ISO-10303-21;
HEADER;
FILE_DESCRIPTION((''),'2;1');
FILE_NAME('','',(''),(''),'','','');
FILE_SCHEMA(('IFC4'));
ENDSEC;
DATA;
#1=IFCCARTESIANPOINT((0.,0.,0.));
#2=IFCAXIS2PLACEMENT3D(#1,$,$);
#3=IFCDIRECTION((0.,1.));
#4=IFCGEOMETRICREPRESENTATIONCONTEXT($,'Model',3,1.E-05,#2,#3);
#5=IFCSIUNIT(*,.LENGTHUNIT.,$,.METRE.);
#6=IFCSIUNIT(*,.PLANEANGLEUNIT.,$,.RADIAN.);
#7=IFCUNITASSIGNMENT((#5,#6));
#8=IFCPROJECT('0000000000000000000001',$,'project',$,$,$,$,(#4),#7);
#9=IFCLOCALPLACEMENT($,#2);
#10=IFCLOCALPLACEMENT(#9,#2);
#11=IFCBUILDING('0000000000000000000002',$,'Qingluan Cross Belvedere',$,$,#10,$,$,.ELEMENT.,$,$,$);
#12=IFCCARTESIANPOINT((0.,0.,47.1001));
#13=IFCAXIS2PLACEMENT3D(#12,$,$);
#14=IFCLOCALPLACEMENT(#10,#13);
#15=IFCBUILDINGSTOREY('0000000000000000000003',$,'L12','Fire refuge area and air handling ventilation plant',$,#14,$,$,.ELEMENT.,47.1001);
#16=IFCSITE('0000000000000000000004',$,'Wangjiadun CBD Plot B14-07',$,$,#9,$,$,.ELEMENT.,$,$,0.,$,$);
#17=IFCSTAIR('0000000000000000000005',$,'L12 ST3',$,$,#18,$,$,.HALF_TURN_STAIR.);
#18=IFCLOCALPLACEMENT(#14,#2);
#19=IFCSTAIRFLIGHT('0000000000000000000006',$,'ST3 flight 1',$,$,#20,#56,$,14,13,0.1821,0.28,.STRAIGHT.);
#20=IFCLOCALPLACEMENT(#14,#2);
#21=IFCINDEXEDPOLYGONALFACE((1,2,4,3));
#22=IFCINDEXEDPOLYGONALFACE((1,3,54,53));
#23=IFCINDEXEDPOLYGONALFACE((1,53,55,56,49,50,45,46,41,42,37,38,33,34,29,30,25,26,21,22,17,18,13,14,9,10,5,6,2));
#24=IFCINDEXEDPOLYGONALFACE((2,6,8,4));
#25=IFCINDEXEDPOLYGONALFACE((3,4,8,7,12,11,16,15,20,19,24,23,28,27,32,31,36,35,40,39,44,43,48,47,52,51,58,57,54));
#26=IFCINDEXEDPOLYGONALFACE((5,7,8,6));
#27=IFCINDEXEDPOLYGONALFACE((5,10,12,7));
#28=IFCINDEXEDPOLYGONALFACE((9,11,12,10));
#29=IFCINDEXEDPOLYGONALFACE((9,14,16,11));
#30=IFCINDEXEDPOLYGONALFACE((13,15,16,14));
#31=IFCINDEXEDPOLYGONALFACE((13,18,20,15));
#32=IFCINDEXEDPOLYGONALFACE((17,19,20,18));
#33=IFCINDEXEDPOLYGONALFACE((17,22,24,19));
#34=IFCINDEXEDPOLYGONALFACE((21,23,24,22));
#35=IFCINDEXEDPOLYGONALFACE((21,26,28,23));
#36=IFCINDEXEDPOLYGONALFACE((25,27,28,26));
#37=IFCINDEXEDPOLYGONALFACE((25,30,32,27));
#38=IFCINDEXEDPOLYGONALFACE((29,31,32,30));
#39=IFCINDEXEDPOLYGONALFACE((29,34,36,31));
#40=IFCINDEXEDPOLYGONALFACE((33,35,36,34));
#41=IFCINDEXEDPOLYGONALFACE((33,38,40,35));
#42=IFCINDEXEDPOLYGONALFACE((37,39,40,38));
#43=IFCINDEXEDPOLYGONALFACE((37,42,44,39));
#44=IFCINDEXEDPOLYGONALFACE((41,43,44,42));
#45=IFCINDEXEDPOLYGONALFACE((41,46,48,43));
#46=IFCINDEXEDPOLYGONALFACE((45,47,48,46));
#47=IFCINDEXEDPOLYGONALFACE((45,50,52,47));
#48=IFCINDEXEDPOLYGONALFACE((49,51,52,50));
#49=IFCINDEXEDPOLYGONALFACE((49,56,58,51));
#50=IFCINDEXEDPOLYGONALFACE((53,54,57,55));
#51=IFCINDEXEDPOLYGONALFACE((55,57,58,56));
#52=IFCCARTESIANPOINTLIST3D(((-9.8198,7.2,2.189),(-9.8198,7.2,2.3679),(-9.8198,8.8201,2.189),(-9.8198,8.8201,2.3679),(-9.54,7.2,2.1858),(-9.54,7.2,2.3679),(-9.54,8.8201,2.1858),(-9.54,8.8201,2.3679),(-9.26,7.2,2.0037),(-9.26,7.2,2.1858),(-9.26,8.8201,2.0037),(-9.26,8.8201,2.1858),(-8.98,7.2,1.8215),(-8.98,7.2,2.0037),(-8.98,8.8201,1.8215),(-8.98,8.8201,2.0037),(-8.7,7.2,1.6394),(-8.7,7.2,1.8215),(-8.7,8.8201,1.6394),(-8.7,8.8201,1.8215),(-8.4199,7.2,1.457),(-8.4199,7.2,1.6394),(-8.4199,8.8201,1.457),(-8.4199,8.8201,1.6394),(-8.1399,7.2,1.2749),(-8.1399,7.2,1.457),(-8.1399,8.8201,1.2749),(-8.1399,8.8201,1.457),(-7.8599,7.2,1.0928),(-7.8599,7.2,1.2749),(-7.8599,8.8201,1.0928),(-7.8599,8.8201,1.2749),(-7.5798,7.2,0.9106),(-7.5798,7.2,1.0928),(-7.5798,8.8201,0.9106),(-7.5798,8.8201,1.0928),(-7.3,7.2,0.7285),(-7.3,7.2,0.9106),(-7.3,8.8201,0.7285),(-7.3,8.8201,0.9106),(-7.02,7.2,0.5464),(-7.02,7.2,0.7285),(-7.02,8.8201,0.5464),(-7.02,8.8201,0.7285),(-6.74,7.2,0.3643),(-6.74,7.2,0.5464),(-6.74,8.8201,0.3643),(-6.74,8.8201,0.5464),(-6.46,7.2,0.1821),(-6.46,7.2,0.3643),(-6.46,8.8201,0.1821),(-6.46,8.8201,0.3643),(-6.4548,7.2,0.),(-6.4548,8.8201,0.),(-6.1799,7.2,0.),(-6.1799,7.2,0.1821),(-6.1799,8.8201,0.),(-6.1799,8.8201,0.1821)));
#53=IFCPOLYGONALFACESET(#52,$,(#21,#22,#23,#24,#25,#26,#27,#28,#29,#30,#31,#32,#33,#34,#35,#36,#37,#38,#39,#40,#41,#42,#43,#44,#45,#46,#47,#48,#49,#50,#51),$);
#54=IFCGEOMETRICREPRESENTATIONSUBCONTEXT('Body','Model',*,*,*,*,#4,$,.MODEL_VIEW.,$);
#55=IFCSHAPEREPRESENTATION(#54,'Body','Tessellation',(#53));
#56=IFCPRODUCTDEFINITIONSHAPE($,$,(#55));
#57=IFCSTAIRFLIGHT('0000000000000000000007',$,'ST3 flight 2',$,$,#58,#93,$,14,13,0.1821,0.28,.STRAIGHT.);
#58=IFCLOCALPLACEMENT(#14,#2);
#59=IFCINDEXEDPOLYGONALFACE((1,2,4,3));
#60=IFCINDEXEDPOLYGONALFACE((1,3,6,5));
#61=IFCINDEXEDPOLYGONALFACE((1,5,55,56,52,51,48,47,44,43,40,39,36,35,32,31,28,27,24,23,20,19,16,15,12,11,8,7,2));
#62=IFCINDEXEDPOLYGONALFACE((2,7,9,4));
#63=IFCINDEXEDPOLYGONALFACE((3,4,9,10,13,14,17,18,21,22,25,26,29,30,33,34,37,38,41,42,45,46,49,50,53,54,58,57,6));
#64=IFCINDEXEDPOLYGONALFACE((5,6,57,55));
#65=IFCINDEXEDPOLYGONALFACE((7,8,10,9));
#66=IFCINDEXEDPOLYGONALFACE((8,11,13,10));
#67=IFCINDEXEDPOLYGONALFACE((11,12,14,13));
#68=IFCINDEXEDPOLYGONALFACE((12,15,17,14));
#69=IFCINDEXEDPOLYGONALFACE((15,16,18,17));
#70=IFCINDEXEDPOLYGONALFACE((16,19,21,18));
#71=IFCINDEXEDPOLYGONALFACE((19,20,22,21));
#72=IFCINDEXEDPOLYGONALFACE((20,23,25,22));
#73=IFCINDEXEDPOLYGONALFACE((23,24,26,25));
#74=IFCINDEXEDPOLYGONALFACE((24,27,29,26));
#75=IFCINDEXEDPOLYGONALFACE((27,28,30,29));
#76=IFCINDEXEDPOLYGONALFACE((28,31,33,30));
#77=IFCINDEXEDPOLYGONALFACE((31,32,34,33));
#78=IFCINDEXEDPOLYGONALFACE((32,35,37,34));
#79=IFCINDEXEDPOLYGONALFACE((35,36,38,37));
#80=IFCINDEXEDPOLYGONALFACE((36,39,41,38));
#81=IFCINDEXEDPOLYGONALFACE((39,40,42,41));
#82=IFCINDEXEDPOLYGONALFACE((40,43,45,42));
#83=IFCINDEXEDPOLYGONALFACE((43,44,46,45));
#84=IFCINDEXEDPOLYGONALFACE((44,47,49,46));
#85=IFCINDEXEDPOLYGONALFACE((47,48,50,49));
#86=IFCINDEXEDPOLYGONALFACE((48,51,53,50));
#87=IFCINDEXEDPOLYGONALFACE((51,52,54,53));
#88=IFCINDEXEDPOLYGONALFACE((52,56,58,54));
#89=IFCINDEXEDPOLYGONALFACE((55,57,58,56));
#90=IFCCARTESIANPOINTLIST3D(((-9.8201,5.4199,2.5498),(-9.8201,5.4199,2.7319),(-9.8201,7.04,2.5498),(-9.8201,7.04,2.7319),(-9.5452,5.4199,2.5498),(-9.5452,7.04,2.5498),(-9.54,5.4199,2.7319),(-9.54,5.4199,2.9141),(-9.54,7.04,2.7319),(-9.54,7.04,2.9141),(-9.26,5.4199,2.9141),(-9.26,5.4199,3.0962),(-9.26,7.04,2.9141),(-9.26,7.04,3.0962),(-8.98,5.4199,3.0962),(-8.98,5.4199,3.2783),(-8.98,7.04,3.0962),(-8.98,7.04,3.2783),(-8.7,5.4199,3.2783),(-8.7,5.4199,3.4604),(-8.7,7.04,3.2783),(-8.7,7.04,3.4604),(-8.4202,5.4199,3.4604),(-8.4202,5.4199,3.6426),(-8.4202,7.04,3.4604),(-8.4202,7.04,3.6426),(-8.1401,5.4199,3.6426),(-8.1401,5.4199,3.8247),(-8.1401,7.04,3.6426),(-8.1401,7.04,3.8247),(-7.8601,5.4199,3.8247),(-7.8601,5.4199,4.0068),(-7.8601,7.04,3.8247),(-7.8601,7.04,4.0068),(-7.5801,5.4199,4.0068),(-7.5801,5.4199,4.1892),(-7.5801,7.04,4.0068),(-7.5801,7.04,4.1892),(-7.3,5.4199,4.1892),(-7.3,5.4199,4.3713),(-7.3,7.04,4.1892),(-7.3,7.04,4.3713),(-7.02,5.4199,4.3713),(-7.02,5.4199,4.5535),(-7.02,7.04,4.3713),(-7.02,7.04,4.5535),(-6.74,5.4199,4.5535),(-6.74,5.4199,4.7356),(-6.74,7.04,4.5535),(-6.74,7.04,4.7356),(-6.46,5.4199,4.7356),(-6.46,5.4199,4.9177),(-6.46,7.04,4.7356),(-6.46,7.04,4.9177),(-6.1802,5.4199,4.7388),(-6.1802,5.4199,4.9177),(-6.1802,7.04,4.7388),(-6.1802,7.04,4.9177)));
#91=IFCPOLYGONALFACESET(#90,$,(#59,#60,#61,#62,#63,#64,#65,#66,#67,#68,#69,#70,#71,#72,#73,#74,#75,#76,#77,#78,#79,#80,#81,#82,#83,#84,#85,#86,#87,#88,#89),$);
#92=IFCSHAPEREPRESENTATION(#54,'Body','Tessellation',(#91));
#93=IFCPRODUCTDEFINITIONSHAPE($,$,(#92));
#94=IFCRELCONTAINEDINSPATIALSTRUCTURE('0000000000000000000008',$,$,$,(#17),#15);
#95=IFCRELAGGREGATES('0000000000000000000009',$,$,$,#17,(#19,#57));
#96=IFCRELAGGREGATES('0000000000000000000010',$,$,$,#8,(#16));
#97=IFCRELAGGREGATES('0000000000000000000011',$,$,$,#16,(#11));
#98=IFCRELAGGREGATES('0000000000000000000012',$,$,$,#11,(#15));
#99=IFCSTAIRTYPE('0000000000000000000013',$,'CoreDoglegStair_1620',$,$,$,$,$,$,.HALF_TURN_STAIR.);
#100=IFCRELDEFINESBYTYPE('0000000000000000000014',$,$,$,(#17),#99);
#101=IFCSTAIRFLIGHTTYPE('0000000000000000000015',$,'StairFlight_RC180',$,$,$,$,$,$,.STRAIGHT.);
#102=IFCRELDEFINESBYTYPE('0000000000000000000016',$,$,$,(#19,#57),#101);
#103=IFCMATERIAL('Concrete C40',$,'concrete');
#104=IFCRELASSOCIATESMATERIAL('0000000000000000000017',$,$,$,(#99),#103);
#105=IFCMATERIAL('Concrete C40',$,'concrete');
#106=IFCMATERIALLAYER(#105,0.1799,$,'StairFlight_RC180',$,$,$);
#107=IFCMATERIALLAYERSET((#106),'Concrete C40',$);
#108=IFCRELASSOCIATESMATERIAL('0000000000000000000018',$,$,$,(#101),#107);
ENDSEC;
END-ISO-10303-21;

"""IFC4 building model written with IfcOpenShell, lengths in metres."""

from ifc_helpers import new_model, si_unit, direction, frame, origin, place, context, subcontext, project, spatial, polyline, outline, extrude, material, layer, layer_set, type_object, element, aggregate, save


model = new_model("IFC4")

# Units and contexts
model_context = context("Model", 3, precision=1e-05, world=origin(), true_north=direction((0.0, 1.0)))
body_context = subcontext(model_context, "Body", "Model", "MODEL_VIEW")
ifc_project = project(units=[si_unit("LENGTHUNIT", "METRE"), si_unit("PLANEANGLEUNIT", "RADIAN")], contexts=[model_context])

# Site, building, storey
site_placement = place(None, origin())
site = spatial("IfcSite", under=ifc_project, at=site_placement, Name="Wangjiadun CBD Plot B14-07", CompositionType="ELEMENT", RefElevation=0.0)
building_placement = place(site_placement, origin())
building = spatial("IfcBuilding", under=site, at=building_placement, Name="Qingluan Cross Belvedere", CompositionType="ELEMENT")
storey_placement = place(building_placement, frame((0.0, 0.0, 47.1001)))
storey = spatial("IfcBuildingStorey", under=building, at=storey_placement, Name="L12", Description="Fire refuge area and air handling ventilation plant", CompositionType="ELEMENT", Elevation=47.1001)

# Stair, stair flights
ifc_material_1 = material(Name="Concrete C40", Category="concrete")
stair_type = type_object("IfcStairType", Name="CoreDoglegStair_1620", PredefinedType="HALF_TURN_STAIR", material=ifc_material_1)
stair_placement = place(storey_placement, origin())
stair = element("IfcStair", 1, at=stair_placement, inside=storey, type_object=stair_type, Name="L12 ST3", PredefinedType="HALF_TURN_STAIR")
ifc_material_2 = material(Name="Concrete C40", Category="concrete")
ifc_layer_1 = layer(ifc_material_2, 0.1799, Name="StairFlight_RC180")
ifc_layer_set_1 = layer_set([ifc_layer_1], Name="Concrete C40")
stair_flight_type = type_object("IfcStairFlightType", Name="StairFlight_RC180", PredefinedType="STRAIGHT", material=ifc_layer_set_1)
stair_flight_1_placement = place(storey_placement, frame((-6.1799, 8.01, 0.0), z_axis=(0.0, 0.0, 1.0), x_axis=(-1.0, 0.0, 0.0)))
stair_flight_1 = element("IfcStairFlight", 2, at=stair_flight_1_placement, type_object=stair_flight_type, Name="ST3 flight 1", NumberOfRisers=14, NumberOfTreads=13, PredefinedType="STRAIGHT", RiserHeight=0.1821, TreadLength=0.28, context=body_context, shape_type="SweptSolid", body=[
    extrude(outline(polyline([(0.0, 0.0), (0.0, 0.1821), (0.28, 0.1821), (0.28, 0.3643), (0.5601, 0.3643), (0.5601, 0.5464), (0.8401, 0.5464), (0.8401, 0.7285), (1.1201, 0.7285), (1.1201, 0.9106), (1.3999, 0.9106), (1.3999, 1.0928), (1.6799, 1.0928), (1.6799, 1.2749), (1.96, 1.2749), (1.96, 1.457), (2.24, 1.457), (2.24, 1.6394), (2.52, 1.6394), (2.52, 1.8215), (2.8, 1.8215), (2.8, 2.0037), (3.0801, 2.0037), (3.0801, 2.1858), (3.3601, 2.1858), (3.3601, 2.3679), (3.6399, 2.3679), (3.6399, 2.55), (3.6399, 2.189), (0.2749, 0.0), (0.0, 0.0)])), frame((0.0, 0.8101, 0.0), z_axis=(0.0, -1.0, 0.0), x_axis=(1.0, 0.0, 0.0)), (0.0, 0.0, 1.0), 1.6201),
])
stair_flight_2_placement = place(storey_placement, frame((-9.8201, 6.23, 2.5498), z_axis=(0.0, 0.0, 1.0), x_axis=(1.0, 0.0, 0.0)))
stair_flight_2 = element("IfcStairFlight", 3, at=stair_flight_2_placement, type_object=stair_flight_type, Name="ST3 flight 2", NumberOfRisers=14, NumberOfTreads=13, PredefinedType="STRAIGHT", RiserHeight=0.1821, TreadLength=0.28, context=body_context, shape_type="SweptSolid", body=[
    extrude(outline(polyline([(0.0, 0.0), (0.0, 0.1821), (0.28, 0.1821), (0.28, 0.3643), (0.5601, 0.3643), (0.5601, 0.5464), (0.8401, 0.5464), (0.8401, 0.7285), (1.1201, 0.7285), (1.1201, 0.9106), (1.3999, 0.9106), (1.3999, 1.0928), (1.6799, 1.0928), (1.6799, 1.2749), (1.96, 1.2749), (1.96, 1.457), (2.24, 1.457), (2.24, 1.6394), (2.52, 1.6394), (2.52, 1.8215), (2.8, 1.8215), (2.8, 2.0037), (3.0801, 2.0037), (3.0801, 2.1858), (3.3601, 2.1858), (3.3601, 2.3679), (3.6399, 2.3679), (3.6399, 2.55), (3.6399, 2.189), (0.2749, 0.0), (0.0, 0.0)])), frame((0.0, 0.8101, 0.0), z_axis=(0.0, -1.0, 0.0), x_axis=(1.0, 0.0, 0.0)), (0.0, 0.0, 1.0), 1.6201),
])
aggregate(stair, [stair_flight_1, stair_flight_2])

save(model, "model.ifc")
